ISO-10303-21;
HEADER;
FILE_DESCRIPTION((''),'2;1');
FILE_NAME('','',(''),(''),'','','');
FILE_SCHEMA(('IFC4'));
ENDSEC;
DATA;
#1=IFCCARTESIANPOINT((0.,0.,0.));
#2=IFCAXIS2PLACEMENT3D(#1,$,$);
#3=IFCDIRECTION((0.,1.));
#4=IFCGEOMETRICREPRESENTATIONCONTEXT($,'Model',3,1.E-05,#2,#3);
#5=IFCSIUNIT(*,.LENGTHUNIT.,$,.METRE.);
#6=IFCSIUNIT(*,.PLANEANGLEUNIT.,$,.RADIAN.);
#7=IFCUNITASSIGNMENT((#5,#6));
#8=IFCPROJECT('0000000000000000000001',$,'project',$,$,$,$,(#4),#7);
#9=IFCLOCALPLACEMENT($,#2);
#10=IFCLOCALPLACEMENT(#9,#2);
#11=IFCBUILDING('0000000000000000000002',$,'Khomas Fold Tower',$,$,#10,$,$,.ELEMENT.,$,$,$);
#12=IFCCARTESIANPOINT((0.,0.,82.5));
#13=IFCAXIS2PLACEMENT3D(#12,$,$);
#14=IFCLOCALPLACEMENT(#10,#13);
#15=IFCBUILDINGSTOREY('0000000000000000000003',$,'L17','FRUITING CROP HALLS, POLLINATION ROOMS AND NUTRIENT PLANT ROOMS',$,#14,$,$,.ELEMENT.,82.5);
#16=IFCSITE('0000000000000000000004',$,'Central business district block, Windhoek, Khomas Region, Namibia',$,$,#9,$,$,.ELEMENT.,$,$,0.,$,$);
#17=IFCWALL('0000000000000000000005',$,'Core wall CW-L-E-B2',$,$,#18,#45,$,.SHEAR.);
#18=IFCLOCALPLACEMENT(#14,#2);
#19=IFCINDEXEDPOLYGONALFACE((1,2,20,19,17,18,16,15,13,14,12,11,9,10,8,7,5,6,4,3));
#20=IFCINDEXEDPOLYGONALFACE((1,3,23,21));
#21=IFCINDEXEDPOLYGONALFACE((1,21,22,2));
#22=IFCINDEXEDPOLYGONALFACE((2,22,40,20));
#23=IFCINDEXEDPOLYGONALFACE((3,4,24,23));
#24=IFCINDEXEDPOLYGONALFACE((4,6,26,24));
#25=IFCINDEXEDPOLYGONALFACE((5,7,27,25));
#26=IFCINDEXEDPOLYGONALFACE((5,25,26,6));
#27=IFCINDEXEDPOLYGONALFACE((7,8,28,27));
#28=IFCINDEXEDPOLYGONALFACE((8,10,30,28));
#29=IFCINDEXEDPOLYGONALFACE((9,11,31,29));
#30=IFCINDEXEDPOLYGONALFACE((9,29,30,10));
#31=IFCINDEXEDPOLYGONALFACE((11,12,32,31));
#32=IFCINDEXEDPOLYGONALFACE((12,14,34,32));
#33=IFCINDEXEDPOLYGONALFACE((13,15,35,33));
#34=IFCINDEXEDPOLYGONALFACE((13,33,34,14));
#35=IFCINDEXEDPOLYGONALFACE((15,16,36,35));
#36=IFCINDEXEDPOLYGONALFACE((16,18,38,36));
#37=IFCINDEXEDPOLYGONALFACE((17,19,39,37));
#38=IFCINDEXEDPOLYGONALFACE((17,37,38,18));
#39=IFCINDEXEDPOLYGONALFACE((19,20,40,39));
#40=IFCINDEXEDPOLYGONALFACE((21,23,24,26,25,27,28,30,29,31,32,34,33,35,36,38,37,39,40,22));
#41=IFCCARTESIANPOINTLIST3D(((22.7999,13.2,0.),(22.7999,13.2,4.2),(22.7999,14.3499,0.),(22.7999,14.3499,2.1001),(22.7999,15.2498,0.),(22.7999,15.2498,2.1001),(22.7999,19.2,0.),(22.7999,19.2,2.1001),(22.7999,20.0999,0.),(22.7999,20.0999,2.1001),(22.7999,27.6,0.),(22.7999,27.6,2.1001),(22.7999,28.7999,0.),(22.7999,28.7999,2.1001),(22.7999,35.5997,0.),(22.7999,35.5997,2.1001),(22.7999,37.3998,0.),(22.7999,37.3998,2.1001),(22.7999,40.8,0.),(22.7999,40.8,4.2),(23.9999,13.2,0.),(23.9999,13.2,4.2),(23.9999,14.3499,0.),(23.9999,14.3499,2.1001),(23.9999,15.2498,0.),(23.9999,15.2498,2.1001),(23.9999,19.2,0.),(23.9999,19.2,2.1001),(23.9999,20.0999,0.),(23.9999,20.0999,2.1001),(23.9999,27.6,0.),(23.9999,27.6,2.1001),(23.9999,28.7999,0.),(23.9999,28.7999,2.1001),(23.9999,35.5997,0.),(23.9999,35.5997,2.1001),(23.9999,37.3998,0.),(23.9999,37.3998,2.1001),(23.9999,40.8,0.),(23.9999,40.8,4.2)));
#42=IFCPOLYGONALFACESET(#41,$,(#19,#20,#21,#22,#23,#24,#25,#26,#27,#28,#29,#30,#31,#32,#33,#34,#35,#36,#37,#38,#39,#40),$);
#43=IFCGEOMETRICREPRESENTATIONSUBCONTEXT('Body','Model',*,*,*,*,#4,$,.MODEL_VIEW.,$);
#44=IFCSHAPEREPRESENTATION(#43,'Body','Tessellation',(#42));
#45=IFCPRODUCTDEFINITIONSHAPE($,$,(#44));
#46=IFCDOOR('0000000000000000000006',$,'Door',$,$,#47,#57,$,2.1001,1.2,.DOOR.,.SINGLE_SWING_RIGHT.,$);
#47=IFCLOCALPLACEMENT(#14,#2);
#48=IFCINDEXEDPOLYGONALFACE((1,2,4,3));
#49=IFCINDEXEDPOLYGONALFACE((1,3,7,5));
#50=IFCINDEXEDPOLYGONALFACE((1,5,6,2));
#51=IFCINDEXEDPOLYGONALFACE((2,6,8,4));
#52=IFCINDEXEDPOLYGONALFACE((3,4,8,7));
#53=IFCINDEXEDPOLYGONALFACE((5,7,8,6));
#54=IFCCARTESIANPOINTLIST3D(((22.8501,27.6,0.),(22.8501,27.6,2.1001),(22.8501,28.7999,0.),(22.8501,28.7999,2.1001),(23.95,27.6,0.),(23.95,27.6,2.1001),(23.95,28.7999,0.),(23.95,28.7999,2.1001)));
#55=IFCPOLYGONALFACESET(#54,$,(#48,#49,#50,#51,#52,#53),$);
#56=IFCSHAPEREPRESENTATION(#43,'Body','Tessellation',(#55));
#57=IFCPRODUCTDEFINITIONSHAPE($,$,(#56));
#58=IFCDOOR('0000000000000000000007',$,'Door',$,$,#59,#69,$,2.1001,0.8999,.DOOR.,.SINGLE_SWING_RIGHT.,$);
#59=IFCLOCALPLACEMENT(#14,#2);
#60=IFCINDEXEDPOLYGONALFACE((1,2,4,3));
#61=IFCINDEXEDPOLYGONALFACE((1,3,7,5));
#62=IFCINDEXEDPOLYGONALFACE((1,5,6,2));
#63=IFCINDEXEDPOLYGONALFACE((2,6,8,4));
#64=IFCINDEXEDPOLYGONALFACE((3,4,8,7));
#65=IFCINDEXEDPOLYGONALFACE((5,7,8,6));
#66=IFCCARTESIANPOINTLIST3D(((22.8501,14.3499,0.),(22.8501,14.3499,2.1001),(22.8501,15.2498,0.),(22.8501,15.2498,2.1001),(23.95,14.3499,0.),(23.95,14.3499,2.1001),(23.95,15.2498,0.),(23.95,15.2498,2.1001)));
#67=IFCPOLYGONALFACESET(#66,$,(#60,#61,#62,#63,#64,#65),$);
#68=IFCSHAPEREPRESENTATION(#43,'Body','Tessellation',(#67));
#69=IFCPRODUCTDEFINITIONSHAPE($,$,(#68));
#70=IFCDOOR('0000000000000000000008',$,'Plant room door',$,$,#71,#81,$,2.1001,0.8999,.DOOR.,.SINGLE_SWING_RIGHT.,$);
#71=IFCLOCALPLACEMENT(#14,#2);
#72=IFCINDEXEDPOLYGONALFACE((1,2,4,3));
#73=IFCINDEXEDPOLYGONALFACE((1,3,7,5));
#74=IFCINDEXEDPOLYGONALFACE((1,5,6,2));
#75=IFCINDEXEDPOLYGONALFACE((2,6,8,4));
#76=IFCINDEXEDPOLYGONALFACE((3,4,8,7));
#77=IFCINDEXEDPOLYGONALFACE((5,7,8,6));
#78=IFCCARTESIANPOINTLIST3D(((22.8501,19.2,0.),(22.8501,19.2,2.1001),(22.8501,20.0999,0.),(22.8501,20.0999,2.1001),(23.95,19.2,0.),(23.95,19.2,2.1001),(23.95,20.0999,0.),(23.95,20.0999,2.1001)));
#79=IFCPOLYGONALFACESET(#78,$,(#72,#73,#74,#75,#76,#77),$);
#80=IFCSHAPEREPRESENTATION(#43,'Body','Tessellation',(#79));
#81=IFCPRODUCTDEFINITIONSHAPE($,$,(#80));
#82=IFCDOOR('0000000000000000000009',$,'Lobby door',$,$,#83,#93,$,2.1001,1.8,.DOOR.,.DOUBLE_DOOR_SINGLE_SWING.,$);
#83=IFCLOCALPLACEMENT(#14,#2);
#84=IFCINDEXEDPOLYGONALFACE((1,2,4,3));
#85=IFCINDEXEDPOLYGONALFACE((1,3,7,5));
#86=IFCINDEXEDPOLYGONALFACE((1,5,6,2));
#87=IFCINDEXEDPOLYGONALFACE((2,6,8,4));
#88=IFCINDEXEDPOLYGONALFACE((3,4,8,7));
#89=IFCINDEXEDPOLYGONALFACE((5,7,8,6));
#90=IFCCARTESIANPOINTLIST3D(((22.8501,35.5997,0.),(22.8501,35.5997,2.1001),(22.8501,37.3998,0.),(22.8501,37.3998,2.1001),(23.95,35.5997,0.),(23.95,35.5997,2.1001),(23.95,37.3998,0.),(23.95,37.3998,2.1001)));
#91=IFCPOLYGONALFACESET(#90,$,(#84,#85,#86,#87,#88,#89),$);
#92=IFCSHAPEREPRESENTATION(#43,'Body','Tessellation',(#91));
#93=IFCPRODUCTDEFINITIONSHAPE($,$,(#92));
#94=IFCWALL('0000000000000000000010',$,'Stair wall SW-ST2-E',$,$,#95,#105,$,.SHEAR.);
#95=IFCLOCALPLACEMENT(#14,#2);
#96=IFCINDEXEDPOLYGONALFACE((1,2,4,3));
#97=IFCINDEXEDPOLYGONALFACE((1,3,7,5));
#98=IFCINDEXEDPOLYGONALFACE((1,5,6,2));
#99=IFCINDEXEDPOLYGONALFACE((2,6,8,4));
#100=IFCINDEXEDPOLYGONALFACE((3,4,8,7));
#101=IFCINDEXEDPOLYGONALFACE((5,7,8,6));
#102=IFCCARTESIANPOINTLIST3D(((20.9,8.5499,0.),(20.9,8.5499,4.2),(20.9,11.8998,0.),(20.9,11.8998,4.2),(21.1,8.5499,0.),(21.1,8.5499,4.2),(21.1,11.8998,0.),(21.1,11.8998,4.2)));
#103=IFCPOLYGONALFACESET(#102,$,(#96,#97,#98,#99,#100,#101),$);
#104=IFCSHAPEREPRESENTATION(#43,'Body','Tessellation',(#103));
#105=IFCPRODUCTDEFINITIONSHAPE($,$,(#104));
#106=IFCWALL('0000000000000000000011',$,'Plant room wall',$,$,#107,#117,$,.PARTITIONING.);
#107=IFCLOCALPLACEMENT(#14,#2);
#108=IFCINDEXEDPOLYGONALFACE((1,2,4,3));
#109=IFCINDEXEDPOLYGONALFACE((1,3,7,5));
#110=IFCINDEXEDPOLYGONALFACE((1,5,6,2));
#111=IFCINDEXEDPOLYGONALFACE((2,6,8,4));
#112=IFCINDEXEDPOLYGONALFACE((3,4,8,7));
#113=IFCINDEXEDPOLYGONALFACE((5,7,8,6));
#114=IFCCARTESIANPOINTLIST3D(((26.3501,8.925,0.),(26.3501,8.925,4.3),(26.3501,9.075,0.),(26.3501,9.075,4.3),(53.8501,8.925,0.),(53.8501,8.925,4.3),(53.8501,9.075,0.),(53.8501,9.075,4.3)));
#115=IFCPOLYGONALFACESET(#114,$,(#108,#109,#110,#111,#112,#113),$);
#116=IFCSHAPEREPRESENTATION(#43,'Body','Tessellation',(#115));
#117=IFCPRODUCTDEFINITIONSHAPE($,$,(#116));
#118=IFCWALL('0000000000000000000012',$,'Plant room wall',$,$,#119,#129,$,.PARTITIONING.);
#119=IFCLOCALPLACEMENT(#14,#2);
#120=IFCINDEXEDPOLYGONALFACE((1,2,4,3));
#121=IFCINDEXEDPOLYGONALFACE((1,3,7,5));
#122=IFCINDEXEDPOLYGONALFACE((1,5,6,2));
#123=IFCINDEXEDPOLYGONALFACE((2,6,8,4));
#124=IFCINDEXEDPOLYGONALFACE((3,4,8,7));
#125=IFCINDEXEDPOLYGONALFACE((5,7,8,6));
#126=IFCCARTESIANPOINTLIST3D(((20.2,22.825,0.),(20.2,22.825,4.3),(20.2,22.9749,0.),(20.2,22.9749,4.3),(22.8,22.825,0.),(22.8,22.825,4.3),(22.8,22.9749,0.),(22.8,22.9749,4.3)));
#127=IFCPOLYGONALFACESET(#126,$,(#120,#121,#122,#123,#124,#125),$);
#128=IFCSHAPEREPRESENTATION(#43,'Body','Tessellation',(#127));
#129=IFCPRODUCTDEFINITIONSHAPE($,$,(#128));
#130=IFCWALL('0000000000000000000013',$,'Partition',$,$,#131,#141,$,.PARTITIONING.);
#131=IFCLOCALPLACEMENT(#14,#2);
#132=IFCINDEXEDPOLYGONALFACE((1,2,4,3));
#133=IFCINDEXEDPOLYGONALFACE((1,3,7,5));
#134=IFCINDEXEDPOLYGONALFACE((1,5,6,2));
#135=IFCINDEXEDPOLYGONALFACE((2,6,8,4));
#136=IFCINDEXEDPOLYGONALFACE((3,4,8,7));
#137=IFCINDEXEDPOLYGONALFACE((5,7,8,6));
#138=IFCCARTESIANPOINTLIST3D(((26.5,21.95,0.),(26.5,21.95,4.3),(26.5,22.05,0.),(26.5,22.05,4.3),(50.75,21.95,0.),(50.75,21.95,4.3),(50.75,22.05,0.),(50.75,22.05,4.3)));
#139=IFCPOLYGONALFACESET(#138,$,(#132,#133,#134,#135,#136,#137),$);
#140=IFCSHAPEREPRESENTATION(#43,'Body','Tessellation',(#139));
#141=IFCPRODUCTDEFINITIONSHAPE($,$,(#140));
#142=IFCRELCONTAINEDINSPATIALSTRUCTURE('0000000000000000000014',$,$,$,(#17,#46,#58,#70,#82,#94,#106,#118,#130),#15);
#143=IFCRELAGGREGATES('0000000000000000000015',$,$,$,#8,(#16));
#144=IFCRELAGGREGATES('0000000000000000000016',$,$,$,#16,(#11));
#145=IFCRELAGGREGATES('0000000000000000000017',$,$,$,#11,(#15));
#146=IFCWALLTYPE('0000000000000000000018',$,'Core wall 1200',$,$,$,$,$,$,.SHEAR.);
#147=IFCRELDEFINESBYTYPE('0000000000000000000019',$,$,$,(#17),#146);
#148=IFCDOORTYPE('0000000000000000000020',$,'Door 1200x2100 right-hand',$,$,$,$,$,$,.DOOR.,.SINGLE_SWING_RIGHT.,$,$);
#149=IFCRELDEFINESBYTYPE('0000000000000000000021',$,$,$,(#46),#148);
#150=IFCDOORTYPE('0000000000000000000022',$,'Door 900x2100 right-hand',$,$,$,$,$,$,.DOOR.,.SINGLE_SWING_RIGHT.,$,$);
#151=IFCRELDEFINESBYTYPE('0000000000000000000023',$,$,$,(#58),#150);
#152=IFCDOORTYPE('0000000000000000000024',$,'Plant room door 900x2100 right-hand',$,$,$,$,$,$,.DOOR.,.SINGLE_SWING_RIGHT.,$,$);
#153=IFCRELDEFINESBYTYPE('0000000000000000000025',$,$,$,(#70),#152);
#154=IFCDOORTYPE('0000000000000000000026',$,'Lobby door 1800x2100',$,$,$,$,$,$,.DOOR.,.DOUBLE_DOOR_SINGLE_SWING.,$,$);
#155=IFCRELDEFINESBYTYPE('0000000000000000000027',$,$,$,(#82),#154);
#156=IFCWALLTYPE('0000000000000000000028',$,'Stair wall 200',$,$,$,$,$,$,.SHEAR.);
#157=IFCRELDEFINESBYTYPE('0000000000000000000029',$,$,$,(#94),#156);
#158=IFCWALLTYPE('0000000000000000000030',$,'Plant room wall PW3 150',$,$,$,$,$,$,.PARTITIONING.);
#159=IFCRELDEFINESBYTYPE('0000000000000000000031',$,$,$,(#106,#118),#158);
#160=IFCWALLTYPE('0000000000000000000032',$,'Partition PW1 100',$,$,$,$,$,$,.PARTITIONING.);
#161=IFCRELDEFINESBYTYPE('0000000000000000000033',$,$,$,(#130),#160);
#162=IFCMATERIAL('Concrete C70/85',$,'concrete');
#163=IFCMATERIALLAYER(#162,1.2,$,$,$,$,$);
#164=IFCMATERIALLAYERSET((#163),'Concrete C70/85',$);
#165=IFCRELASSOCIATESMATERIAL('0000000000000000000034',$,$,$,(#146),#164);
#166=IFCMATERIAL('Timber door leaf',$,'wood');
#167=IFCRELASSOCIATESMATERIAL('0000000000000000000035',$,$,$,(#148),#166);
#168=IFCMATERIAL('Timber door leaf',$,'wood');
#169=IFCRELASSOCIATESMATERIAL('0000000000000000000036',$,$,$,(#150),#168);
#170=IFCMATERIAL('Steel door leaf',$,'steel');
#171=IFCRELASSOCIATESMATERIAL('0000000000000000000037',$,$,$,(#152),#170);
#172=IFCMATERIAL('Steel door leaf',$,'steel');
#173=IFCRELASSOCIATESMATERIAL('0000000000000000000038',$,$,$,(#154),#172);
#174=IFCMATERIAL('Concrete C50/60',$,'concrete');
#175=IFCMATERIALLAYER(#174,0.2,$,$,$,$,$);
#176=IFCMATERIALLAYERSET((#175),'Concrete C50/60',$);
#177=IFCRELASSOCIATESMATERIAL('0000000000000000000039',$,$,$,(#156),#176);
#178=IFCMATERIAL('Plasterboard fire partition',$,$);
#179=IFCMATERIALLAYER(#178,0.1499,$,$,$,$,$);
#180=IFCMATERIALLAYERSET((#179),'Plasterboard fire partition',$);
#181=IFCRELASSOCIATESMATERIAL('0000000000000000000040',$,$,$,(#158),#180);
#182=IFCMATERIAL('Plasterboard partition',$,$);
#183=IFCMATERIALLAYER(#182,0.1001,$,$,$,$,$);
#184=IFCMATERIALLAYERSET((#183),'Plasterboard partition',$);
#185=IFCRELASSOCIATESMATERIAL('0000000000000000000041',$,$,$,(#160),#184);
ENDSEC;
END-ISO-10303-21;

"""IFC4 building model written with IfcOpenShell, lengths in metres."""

from ifc_helpers import new_model, si_unit, direction, frame, frame_2d, origin, place, context, subcontext, project, spatial, rectangle, extrude, source, transform, mapped, material, layer, layer_set, type_object, element, fill, save


model = new_model("IFC4")

# Units and contexts
model_context = context("Model", 3, precision=1e-05, world=origin(), true_north=direction((0.0, 1.0)))
body_context = subcontext(model_context, "Body", "Model", "MODEL_VIEW")
ifc_project = project(units=[si_unit("LENGTHUNIT", "METRE"), si_unit("PLANEANGLEUNIT", "RADIAN")], contexts=[model_context])

# Site, building, storey
site_placement = place(None, origin())
site = spatial("IfcSite", under=ifc_project, at=site_placement, Name="Central business district block, Windhoek, Khomas Region, Namibia", CompositionType="ELEMENT", RefElevation=0.0)
building_placement = place(site_placement, origin())
building = spatial("IfcBuilding", under=site, at=building_placement, Name="Khomas Fold Tower", CompositionType="ELEMENT")
storey_placement = place(building_placement, frame((0.0, 0.0, 82.5)))
storey = spatial("IfcBuildingStorey", under=building, at=storey_placement, Name="L17", Description="FRUITING CROP HALLS, POLLINATION ROOMS AND NUTRIENT PLANT ROOMS", CompositionType="ELEMENT", Elevation=82.5)

# Shared definitions
ifc_material_1 = material(Name="Concrete C70/85", Category="concrete")
ifc_layer_1 = layer(ifc_material_1, 1.2)
ifc_layer_set_1 = layer_set([ifc_layer_1], Name="Concrete C70/85")
wall_type_1 = type_object("IfcWallType", Name="Core wall 1200", PredefinedType="SHEAR", material=ifc_layer_set_1)

# Wall, openings, doors
shared_shape_1 = source(origin(), body_context, "Body", "SweptSolid", [
    extrude(rectangle(XDim=27.6001, YDim=1.2, at=frame_2d((13.8, 0.0))), origin(), (0.0, 0.0, 1.0), 4.2),
])
wall_1_placement = place(storey_placement, frame((23.3999, 13.2, 0.0), z_axis=(0.0, 0.0, 1.0), x_axis=(0.0, 1.0, 0.0)))
wall_1 = element("IfcWall", 1, at=wall_1_placement, inside=storey, type_object=wall_type_1, Name="Core wall CW-L-E-B2", PredefinedType="SHEAR", context=body_context, shape_type="MappedRepresentation", body=[
    mapped(shared_shape_1, transform((0.0, 0.0, 0.0))),
])
shared_shape_2 = source(origin(), body_context, "Body", "SweptSolid", [
    extrude(rectangle(XDim=1.8, YDim=2.1001, at=frame_2d((0.8999, 1.05))), frame((0.0, 0.6099, 0.0), z_axis=(0.0, -1.0, 0.0), x_axis=(1.0, 0.0, 0.0)), (0.0, 0.0, 1.0), 1.22),
])
opening_1_placement = place(wall_1_placement, frame((22.3999, 0.0, 0.0)))
opening_1 = element("IfcOpeningElement", 2, at=opening_1_placement, cuts=wall_1, PredefinedType="OPENING", context=body_context, shape_type="MappedRepresentation", body=[
    mapped(shared_shape_2, transform((0.0, 0.0, 0.0))),
])
shared_shape_3 = source(origin(), body_context, "Body", "SweptSolid", [
    extrude(rectangle(XDim=1.2, YDim=2.1001, at=frame_2d((0.6001, 1.05))), frame((0.0, 0.6099, 0.0), z_axis=(0.0, -1.0, 0.0), x_axis=(1.0, 0.0, 0.0)), (0.0, 0.0, 1.0), 1.22),
])
opening_2_placement = place(wall_1_placement, frame((14.3999, 0.0, 0.0)))
opening_2 = element("IfcOpeningElement", 3, at=opening_2_placement, cuts=wall_1, PredefinedType="OPENING", context=body_context, shape_type="MappedRepresentation", body=[
    mapped(shared_shape_3, transform((0.0, 0.0, 0.0))),
])
shared_shape_4 = source(origin(), body_context, "Body", "SweptSolid", [
    extrude(rectangle(XDim=0.8999, YDim=2.1001, at=frame_2d((0.45, 1.05))), frame((0.0, 0.6099, 0.0), z_axis=(0.0, -1.0, 0.0), x_axis=(1.0, 0.0, 0.0)), (0.0, 0.0, 1.0), 1.22),
])
opening_3_placement = place(wall_1_placement, frame((1.1499, 0.0, 0.0)))
opening_3 = element("IfcOpeningElement", 4, at=opening_3_placement, cuts=wall_1, PredefinedType="OPENING", context=body_context, shape_type="MappedRepresentation", body=[
    mapped(shared_shape_4, transform((0.0, 0.0, 0.0))),
])
opening_4_placement = place(wall_1_placement, frame((6.0, 0.0, 0.0)))
opening_4 = element("IfcOpeningElement", 5, at=opening_4_placement, cuts=wall_1, PredefinedType="OPENING", context=body_context, shape_type="MappedRepresentation", body=[
    mapped(shared_shape_4, transform((0.0, 0.0, 0.0))),
])
ifc_material_2 = material(Name="Timber door leaf", Category="wood")
door_type_1 = type_object("IfcDoorType", Name="Door 1200x2100 right-hand", OperationType="SINGLE_SWING_RIGHT", PredefinedType="DOOR", material=ifc_material_2)
shared_shape_5 = source(origin(), body_context, "Body", "SweptSolid", [
    extrude(rectangle(XDim=1.2, YDim=2.1001, at=frame_2d((0.6001, 1.05))), frame((0.0, 0.5498, 0.0), z_axis=(0.0, -1.0, 0.0), x_axis=(1.0, 0.0, 0.0)), (0.0, 0.0, 1.0), 1.0999),
])
door_1_placement = place(opening_2_placement, origin())
door_1 = element("IfcDoor", 6, at=door_1_placement, inside=storey, type_object=door_type_1, Name="Door", OperationType="SINGLE_SWING_RIGHT", OverallHeight=2.1001, OverallWidth=1.2, PredefinedType="DOOR", context=body_context, shape_type="MappedRepresentation", body=[
    mapped(shared_shape_5, transform((0.0, 0.0, 0.0))),
])
fill(opening_2, door_1)
ifc_material_3 = material(Name="Timber door leaf", Category="wood")
door_type_2 = type_object("IfcDoorType", Name="Door 900x2100 right-hand", OperationType="SINGLE_SWING_RIGHT", PredefinedType="DOOR", material=ifc_material_3)
shared_shape_6 = source(origin(), body_context, "Body", "SweptSolid", [
    extrude(rectangle(XDim=0.8999, YDim=2.1001, at=frame_2d((0.45, 1.05))), frame((0.0, 0.5498, 0.0), z_axis=(0.0, -1.0, 0.0), x_axis=(1.0, 0.0, 0.0)), (0.0, 0.0, 1.0), 1.0999),
])
door_2_placement = place(opening_3_placement, origin())
door_2 = element("IfcDoor", 7, at=door_2_placement, inside=storey, type_object=door_type_2, Name="Door", OperationType="SINGLE_SWING_RIGHT", OverallHeight=2.1001, OverallWidth=0.8999, PredefinedType="DOOR", context=body_context, shape_type="MappedRepresentation", body=[
    mapped(shared_shape_6, transform((0.0, 0.0, 0.0))),
])
fill(opening_3, door_2)
ifc_material_4 = material(Name="Steel door leaf", Category="steel")
door_type_3 = type_object("IfcDoorType", Name="Plant room door 900x2100 right-hand", OperationType="SINGLE_SWING_RIGHT", PredefinedType="DOOR", material=ifc_material_4)
door_3_placement = place(opening_4_placement, origin())
door_3 = element("IfcDoor", 8, at=door_3_placement, inside=storey, type_object=door_type_3, Name="Plant room door", OperationType="SINGLE_SWING_RIGHT", OverallHeight=2.1001, OverallWidth=0.8999, PredefinedType="DOOR", context=body_context, shape_type="MappedRepresentation", body=[
    mapped(shared_shape_6, transform((0.0, 0.0, 0.0))),
])
fill(opening_4, door_3)
ifc_material_5 = material(Name="Steel door leaf", Category="steel")
door_type_4 = type_object("IfcDoorType", Name="Lobby door 1800x2100", OperationType="DOUBLE_DOOR_SINGLE_SWING", PredefinedType="DOOR", material=ifc_material_5)
shared_shape_7 = source(origin(), body_context, "Body", "SweptSolid", [
    extrude(rectangle(XDim=1.8, YDim=2.1001, at=frame_2d((0.8999, 1.05))), frame((0.0, 0.5498, 0.0), z_axis=(0.0, -1.0, 0.0), x_axis=(1.0, 0.0, 0.0)), (0.0, 0.0, 1.0), 1.0999),
])
door_4_placement = place(opening_1_placement, origin())
door_4 = element("IfcDoor", 9, at=door_4_placement, inside=storey, type_object=door_type_4, Name="Lobby door", OperationType="DOUBLE_DOOR_SINGLE_SWING", OverallHeight=2.1001, OverallWidth=1.8, PredefinedType="DOOR", context=body_context, shape_type="MappedRepresentation", body=[
    mapped(shared_shape_7, transform((0.0, 0.0, 0.0))),
])
fill(opening_1, door_4)

# Walls
ifc_material_6 = material(Name="Concrete C50/60", Category="concrete")
ifc_layer_2 = layer(ifc_material_6, 0.2)
ifc_layer_set_2 = layer_set([ifc_layer_2], Name="Concrete C50/60")
wall_type_2 = type_object("IfcWallType", Name="Stair wall 200", PredefinedType="SHEAR", material=ifc_layer_set_2)
shared_shape_8 = source(origin(), body_context, "Body", "SweptSolid", [
    extrude(rectangle(XDim=3.3499, YDim=0.2, at=frame_2d((1.6748, 0.0))), origin(), (0.0, 0.0, 1.0), 4.2),
])
wall_2_placement = place(storey_placement, frame((21.0, 8.55, 0.0), z_axis=(0.0, 0.0, 1.0), x_axis=(0.0, 1.0, 0.0)))
element("IfcWall", 10, at=wall_2_placement, inside=storey, type_object=wall_type_2, Name="Stair wall SW-ST2-E", PredefinedType="SHEAR", context=body_context, shape_type="MappedRepresentation", body=[
    mapped(shared_shape_8, transform((0.0, 0.0, 0.0))),
])
ifc_material_7 = material(Name="Plasterboard fire partition")
ifc_layer_3 = layer(ifc_material_7, 0.1499)
ifc_layer_set_3 = layer_set([ifc_layer_3], Name="Plasterboard fire partition")
wall_type_3 = type_object("IfcWallType", Name="Plant room wall PW3 150", PredefinedType="PARTITIONING", material=ifc_layer_set_3)
shared_shape_9 = source(origin(), body_context, "Body", "SweptSolid", [
    extrude(rectangle(XDim=27.5, YDim=0.1499, at=frame_2d((13.75, 0.0))), origin(), (0.0, 0.0, 1.0), 4.3),
])
wall_3_placement = place(storey_placement, frame((26.3501, 9.0, 0.0), z_axis=(0.0, 0.0, 1.0), x_axis=(1.0, 0.0, 0.0)))
element("IfcWall", 11, at=wall_3_placement, inside=storey, type_object=wall_type_3, Name="Plant room wall", PredefinedType="PARTITIONING", context=body_context, shape_type="MappedRepresentation", body=[
    mapped(shared_shape_9, transform((0.0, 0.0, 0.0))),
])
shared_shape_10 = source(origin(), body_context, "Body", "SweptSolid", [
    extrude(rectangle(XDim=2.6001, YDim=0.1499, at=frame_2d((1.3, 0.0))), origin(), (0.0, 0.0, 1.0), 4.3),
])
wall_4_placement = place(storey_placement, frame((20.2, 22.8999, 0.0), z_axis=(0.0, 0.0, 1.0), x_axis=(1.0, 0.0, 0.0)))
element("IfcWall", 12, at=wall_4_placement, inside=storey, type_object=wall_type_3, Name="Plant room wall", PredefinedType="PARTITIONING", context=body_context, shape_type="MappedRepresentation", body=[
    mapped(shared_shape_10, transform((0.0, 0.0, 0.0))),
])
ifc_material_8 = material(Name="Plasterboard partition")
ifc_layer_4 = layer(ifc_material_8, 0.1001)
ifc_layer_set_4 = layer_set([ifc_layer_4], Name="Plasterboard partition")
wall_type_4 = type_object("IfcWallType", Name="Partition PW1 100", PredefinedType="PARTITIONING", material=ifc_layer_set_4)
shared_shape_11 = source(origin(), body_context, "Body", "SweptSolid", [
    extrude(rectangle(XDim=24.25, YDim=0.1001, at=frame_2d((12.125, 0.0))), origin(), (0.0, 0.0, 1.0), 4.3),
])
wall_5_placement = place(storey_placement, frame((26.5, 22.0, 0.0), z_axis=(0.0, 0.0, 1.0), x_axis=(1.0, 0.0, 0.0)))
element("IfcWall", 13, at=wall_5_placement, inside=storey, type_object=wall_type_4, Name="Partition", PredefinedType="PARTITIONING", context=body_context, shape_type="MappedRepresentation", body=[
    mapped(shared_shape_11, transform((0.0, 0.0, 0.0))),
])

save(model, "model.ifc")
